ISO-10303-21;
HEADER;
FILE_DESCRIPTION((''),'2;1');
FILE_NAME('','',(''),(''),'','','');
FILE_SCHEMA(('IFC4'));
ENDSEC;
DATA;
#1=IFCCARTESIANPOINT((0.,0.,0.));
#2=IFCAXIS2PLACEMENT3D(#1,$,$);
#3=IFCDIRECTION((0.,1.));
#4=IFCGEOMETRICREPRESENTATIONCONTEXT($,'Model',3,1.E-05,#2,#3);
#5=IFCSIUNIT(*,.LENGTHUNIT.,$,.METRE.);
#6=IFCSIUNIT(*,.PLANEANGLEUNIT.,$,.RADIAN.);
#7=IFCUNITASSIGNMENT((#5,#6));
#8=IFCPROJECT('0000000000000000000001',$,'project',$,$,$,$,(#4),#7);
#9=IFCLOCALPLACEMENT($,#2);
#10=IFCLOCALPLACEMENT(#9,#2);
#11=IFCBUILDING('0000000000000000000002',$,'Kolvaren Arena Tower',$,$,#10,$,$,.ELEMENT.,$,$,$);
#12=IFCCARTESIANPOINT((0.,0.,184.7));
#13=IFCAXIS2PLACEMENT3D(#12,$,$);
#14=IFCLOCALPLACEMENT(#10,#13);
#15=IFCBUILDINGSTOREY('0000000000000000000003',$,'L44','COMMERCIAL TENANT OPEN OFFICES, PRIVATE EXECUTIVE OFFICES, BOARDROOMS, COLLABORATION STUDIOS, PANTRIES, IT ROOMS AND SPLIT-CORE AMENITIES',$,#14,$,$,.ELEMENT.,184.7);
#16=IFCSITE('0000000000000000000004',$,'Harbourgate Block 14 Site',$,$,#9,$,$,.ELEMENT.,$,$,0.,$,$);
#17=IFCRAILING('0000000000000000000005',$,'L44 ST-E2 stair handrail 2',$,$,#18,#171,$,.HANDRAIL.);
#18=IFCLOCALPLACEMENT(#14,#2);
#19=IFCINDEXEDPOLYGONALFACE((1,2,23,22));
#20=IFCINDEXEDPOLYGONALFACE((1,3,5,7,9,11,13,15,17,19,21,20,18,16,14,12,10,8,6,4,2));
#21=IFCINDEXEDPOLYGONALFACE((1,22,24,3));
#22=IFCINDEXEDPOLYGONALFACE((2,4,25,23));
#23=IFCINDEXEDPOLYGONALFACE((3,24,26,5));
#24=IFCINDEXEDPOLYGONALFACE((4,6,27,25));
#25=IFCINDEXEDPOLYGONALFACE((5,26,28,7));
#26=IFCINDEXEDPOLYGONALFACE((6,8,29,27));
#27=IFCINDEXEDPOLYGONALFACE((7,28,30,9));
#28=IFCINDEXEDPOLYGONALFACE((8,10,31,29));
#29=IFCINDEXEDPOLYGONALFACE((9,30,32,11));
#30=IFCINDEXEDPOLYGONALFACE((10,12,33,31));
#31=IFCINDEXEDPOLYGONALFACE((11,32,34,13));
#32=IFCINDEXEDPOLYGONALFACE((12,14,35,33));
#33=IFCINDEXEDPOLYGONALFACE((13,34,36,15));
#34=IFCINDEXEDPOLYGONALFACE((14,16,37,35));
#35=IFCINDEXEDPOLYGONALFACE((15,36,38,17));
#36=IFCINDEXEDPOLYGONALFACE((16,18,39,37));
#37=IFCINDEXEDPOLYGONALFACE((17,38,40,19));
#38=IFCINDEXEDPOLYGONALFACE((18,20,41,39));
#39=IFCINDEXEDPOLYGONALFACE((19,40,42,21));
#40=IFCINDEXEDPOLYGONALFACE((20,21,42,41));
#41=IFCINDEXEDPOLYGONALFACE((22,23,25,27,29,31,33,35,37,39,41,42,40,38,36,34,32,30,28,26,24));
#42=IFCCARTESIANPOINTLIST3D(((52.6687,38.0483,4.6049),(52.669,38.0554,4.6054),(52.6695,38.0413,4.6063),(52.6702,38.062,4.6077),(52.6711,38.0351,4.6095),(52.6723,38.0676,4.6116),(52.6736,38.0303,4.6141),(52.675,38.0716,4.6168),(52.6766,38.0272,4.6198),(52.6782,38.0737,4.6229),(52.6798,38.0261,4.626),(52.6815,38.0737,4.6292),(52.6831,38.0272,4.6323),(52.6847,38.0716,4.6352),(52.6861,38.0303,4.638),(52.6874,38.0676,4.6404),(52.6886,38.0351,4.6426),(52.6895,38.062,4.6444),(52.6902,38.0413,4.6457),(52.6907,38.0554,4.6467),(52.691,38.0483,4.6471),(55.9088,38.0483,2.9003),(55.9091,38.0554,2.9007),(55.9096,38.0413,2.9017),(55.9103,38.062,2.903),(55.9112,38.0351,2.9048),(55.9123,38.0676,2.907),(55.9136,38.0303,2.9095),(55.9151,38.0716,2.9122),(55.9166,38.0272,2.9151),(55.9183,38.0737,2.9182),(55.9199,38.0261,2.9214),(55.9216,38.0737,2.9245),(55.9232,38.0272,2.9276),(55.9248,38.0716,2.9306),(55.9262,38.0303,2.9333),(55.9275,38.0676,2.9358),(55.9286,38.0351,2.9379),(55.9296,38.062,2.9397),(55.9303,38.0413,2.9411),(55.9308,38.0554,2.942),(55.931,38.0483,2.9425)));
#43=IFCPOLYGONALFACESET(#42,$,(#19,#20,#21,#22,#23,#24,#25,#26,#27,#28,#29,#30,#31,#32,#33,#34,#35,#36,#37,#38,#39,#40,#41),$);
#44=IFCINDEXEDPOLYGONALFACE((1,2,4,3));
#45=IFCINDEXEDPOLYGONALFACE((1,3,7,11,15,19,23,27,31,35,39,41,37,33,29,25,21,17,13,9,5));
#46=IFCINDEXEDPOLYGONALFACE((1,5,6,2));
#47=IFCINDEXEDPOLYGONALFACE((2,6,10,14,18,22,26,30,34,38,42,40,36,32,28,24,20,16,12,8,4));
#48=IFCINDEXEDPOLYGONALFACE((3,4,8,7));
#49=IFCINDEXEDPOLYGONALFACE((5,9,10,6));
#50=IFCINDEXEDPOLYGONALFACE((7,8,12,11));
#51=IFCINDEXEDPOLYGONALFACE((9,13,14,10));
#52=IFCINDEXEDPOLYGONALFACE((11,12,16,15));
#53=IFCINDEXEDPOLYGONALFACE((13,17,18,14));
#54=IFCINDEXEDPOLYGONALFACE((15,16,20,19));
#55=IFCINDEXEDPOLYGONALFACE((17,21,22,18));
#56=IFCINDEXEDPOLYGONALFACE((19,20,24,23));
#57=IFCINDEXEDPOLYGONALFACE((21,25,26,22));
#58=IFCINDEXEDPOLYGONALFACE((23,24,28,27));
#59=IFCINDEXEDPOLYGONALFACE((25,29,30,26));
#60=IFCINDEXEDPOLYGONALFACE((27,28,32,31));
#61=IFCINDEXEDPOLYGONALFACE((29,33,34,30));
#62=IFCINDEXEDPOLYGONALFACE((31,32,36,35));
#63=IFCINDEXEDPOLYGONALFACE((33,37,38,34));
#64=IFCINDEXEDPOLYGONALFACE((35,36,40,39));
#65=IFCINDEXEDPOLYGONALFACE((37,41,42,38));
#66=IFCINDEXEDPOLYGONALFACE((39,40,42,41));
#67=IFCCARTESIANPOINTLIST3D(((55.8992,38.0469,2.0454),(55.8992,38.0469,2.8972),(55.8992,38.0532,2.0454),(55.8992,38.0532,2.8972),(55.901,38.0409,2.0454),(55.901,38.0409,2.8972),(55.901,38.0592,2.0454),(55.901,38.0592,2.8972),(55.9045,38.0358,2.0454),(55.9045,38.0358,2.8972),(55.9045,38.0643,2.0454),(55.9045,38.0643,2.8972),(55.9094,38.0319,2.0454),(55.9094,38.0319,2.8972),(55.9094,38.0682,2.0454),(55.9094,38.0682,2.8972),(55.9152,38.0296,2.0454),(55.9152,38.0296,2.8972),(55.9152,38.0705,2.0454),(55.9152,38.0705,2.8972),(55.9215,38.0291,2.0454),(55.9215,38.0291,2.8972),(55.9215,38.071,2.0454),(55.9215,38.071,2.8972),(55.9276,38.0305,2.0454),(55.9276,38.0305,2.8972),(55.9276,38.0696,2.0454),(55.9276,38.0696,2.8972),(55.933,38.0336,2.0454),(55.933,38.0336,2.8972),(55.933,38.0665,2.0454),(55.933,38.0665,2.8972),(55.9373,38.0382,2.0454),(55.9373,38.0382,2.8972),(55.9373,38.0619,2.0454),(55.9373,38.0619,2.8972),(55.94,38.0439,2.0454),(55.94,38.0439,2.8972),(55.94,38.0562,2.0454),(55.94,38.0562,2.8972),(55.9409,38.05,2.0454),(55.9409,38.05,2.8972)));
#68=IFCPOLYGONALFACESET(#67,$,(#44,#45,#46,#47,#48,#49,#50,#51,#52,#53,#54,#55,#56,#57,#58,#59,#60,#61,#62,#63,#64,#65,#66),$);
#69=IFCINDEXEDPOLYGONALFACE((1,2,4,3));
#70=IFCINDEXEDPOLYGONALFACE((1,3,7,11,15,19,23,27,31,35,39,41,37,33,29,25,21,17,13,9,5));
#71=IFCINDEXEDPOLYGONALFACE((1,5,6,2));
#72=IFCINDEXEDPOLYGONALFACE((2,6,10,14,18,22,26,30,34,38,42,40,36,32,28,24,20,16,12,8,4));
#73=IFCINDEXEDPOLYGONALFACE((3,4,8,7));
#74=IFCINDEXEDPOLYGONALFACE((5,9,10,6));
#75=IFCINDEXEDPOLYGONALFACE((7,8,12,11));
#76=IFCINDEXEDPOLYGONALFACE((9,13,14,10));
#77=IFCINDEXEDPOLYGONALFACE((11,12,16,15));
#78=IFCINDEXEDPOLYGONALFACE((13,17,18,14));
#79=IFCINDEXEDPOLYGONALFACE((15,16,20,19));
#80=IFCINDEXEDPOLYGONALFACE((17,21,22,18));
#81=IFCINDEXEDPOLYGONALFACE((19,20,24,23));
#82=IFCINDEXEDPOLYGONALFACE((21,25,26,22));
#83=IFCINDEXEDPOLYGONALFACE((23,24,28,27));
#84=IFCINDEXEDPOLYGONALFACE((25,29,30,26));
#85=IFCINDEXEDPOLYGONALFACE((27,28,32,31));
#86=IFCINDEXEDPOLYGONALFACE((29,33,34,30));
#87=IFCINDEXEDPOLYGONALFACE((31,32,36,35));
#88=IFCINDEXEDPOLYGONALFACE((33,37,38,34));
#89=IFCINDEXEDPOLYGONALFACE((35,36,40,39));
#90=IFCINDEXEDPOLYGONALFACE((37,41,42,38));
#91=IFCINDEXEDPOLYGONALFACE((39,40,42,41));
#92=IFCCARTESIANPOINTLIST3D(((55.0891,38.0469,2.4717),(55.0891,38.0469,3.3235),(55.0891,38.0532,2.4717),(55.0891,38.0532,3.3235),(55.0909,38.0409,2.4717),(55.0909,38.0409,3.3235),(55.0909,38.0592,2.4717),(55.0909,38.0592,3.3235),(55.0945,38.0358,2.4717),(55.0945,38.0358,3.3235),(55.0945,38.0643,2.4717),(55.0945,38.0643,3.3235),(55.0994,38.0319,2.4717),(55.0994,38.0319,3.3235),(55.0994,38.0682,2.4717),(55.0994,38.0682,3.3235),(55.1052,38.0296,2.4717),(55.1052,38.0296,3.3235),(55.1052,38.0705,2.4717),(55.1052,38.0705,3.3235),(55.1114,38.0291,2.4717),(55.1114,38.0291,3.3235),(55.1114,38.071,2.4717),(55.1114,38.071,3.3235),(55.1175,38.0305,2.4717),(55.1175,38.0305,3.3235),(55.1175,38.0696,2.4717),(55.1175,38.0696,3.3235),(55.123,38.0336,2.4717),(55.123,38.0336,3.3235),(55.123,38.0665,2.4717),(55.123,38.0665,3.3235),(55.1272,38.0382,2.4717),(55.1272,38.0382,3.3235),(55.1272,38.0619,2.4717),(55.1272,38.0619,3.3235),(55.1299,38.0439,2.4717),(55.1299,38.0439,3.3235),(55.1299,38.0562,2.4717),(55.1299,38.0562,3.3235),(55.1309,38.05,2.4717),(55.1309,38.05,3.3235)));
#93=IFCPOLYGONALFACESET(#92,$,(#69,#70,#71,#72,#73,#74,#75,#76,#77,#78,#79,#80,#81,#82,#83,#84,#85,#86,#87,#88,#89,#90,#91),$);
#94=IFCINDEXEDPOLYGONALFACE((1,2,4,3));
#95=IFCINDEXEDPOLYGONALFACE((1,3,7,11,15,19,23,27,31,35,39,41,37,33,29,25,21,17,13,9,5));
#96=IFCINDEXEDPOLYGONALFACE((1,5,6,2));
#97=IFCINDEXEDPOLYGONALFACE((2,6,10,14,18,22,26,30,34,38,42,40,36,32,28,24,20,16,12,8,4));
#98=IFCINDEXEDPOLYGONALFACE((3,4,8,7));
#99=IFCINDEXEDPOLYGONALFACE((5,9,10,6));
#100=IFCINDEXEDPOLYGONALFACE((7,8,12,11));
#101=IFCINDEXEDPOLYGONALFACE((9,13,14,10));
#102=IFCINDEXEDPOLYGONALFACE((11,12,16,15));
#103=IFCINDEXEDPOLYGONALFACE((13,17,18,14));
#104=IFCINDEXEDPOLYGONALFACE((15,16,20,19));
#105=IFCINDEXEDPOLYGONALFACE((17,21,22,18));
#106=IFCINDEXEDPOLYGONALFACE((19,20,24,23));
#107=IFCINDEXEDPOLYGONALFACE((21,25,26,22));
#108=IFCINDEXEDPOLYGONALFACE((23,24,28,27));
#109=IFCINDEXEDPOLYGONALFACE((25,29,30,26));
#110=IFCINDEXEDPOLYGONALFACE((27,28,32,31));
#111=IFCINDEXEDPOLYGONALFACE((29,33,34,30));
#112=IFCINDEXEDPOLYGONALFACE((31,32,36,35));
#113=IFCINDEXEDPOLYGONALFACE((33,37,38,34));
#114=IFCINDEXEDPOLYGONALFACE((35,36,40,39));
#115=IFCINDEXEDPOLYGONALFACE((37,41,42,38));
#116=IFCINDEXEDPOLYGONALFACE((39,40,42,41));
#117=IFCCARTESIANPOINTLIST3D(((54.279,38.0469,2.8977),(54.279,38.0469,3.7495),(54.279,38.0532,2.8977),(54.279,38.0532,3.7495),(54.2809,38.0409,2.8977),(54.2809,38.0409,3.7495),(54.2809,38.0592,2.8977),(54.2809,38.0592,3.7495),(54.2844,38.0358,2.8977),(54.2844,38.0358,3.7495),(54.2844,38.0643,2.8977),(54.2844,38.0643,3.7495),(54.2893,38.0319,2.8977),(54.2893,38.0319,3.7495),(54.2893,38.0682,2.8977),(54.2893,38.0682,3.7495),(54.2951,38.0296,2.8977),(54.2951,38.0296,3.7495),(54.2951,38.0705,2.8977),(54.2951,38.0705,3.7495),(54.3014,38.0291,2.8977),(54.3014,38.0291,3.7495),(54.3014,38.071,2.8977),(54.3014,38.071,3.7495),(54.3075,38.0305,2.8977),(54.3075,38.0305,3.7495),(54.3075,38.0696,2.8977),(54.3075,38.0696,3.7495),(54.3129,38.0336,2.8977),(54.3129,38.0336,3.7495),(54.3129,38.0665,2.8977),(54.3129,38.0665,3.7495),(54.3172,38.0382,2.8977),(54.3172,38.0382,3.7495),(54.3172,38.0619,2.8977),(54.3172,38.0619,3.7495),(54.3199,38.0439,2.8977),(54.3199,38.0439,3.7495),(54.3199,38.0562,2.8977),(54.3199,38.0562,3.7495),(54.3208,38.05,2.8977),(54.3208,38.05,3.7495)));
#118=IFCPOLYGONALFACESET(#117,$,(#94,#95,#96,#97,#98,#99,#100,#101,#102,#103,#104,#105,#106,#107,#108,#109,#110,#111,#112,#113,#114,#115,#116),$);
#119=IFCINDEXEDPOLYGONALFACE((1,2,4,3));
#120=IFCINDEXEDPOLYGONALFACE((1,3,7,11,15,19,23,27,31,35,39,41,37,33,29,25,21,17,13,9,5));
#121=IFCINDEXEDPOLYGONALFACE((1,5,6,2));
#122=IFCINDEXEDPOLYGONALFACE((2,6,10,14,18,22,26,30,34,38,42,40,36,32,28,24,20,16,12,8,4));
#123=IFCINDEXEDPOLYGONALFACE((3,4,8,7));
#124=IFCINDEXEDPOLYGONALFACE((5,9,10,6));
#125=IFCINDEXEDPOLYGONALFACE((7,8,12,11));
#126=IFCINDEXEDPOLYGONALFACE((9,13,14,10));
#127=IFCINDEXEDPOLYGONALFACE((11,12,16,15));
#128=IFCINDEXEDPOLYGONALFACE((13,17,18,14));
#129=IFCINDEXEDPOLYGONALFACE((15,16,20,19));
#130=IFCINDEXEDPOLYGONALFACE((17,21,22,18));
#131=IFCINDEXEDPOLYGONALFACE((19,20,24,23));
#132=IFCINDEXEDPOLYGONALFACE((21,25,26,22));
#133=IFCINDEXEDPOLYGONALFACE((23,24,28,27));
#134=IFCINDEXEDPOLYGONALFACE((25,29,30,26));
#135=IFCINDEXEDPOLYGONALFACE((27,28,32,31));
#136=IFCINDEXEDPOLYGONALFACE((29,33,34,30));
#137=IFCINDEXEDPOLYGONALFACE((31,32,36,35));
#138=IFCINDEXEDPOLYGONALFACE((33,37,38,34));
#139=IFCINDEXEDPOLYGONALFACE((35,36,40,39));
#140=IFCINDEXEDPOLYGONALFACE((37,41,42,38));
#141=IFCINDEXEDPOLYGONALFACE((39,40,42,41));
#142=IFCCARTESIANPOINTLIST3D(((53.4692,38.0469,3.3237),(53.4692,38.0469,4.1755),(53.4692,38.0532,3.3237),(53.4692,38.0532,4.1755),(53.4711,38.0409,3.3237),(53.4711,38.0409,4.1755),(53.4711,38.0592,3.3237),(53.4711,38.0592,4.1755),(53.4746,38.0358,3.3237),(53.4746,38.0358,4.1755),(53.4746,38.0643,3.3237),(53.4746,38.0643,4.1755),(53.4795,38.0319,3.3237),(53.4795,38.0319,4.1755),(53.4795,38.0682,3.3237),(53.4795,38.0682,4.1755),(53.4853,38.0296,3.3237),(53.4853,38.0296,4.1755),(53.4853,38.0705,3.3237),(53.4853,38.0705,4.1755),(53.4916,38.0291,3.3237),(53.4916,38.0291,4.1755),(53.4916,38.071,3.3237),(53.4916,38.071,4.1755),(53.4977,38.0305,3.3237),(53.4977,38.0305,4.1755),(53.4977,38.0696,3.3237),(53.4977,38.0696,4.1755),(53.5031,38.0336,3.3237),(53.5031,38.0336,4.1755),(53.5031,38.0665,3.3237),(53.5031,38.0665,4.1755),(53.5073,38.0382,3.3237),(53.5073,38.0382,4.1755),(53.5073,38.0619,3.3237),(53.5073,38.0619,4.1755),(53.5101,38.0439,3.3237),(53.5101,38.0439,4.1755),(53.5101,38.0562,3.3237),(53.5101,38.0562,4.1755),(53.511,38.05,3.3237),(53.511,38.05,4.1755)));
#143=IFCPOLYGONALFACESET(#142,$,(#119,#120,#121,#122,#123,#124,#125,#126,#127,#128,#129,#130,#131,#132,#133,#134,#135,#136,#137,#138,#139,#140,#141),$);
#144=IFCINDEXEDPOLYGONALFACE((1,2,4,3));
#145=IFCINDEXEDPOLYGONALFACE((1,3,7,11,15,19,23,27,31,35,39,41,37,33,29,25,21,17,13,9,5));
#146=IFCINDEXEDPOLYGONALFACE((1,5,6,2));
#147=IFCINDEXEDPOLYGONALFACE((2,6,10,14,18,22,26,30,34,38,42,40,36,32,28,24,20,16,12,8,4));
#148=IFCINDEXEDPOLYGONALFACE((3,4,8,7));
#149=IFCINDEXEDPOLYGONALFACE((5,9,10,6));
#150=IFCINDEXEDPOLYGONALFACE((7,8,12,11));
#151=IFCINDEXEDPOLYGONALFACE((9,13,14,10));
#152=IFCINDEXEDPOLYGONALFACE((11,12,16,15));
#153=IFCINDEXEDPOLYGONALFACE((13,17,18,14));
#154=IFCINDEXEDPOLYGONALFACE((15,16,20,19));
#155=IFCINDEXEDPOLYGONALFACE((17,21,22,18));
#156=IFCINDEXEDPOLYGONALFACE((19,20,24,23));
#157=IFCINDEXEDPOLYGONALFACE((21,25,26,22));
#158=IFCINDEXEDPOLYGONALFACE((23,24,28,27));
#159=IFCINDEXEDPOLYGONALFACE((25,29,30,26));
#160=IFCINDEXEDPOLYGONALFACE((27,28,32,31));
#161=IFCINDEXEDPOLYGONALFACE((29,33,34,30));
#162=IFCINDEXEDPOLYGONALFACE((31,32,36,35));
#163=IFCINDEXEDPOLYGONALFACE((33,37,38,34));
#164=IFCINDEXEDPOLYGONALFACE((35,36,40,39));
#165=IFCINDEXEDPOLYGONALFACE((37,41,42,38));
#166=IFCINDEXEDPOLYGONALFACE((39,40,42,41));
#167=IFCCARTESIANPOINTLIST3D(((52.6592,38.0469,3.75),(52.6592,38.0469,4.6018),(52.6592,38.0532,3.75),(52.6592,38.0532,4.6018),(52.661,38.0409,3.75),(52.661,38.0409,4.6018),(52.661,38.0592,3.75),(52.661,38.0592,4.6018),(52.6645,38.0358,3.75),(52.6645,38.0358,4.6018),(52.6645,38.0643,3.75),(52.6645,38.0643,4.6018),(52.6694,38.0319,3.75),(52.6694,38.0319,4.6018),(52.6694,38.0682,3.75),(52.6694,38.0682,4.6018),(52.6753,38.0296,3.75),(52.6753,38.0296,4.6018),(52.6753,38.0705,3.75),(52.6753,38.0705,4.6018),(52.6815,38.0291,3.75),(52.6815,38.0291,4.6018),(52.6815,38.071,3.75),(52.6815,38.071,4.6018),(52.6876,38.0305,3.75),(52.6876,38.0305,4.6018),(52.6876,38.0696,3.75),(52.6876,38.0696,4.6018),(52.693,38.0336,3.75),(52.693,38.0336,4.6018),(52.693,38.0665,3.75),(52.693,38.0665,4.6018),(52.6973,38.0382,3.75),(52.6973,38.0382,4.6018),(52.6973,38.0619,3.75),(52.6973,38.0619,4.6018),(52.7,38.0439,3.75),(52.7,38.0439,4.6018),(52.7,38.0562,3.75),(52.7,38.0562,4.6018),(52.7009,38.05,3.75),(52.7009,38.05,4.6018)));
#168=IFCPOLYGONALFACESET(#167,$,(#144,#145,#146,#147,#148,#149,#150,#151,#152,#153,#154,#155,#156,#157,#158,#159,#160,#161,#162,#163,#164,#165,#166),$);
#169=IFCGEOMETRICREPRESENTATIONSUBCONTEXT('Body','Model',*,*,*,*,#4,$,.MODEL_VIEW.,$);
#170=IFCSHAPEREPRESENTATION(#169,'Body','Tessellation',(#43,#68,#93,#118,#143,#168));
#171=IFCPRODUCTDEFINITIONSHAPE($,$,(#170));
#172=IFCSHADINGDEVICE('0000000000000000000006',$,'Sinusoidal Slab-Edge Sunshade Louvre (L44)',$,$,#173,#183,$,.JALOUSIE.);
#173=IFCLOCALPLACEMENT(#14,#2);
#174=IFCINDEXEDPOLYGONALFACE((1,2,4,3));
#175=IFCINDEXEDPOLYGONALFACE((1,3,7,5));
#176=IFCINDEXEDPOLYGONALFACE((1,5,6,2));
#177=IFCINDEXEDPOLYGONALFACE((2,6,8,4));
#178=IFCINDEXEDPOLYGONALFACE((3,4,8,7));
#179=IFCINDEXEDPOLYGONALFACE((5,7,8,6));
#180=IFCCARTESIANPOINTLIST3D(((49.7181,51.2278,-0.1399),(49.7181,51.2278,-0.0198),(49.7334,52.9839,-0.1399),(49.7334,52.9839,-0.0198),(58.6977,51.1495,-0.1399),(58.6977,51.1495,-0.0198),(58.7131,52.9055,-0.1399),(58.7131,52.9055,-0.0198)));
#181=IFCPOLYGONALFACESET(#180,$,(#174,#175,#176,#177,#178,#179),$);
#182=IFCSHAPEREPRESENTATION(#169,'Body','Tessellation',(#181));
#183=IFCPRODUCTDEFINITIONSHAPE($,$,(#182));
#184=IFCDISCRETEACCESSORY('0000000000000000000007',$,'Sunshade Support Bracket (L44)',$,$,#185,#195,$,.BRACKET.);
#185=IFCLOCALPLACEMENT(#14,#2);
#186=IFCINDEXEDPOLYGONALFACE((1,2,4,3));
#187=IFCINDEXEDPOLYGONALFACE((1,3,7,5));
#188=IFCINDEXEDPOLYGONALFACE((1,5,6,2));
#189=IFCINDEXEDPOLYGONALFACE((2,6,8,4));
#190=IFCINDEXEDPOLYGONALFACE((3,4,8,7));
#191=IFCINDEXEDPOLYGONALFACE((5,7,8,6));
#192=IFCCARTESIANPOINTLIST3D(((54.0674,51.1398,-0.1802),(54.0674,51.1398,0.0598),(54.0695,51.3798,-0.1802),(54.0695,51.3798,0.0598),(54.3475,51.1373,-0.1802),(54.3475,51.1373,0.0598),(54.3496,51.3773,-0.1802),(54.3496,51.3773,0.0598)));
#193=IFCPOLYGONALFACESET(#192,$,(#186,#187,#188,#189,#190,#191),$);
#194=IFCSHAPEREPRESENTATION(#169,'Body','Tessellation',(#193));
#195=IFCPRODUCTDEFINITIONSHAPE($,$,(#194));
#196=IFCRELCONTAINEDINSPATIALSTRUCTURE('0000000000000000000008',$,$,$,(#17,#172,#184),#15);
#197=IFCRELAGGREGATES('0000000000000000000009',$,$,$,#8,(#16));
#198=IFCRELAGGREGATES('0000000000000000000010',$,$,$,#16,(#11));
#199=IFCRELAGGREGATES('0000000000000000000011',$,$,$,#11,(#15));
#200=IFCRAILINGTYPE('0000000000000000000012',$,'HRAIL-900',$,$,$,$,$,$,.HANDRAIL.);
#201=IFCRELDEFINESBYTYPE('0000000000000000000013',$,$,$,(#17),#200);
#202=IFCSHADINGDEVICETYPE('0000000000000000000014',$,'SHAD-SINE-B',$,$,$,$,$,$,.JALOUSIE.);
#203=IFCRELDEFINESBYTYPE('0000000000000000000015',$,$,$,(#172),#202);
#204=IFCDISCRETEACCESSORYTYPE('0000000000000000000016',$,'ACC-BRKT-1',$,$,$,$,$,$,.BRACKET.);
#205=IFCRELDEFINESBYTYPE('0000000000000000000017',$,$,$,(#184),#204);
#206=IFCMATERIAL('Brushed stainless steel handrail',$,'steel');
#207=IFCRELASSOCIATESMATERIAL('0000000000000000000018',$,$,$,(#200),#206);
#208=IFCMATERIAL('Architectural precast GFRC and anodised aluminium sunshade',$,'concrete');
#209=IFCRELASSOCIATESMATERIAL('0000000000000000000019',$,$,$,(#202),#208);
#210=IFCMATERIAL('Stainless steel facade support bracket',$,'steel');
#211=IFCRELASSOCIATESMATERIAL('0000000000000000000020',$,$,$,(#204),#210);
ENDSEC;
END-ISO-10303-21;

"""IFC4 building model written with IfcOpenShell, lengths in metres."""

from ifc_helpers import new_model, si_unit, direction, frame, origin, origin_2d, place, context, subcontext, project, spatial, rectangle, circle, extrude, material, type_object, element, save


model = new_model("IFC4")

# Units and contexts
model_context = context("Model", 3, precision=1e-05, world=origin(), true_north=direction((0.0, 1.0)))
body_context = subcontext(model_context, "Body", "Model", "MODEL_VIEW")
ifc_project = project(units=[si_unit("LENGTHUNIT", "METRE"), si_unit("PLANEANGLEUNIT", "RADIAN")], contexts=[model_context])

# Site, building, storey
site_placement = place(None, origin())
site = spatial("IfcSite", under=ifc_project, at=site_placement, Name="Harbourgate Block 14 Site", CompositionType="ELEMENT", RefElevation=0.0)
building_placement = place(site_placement, origin())
building = spatial("IfcBuilding", under=site, at=building_placement, Name="Kolvaren Arena Tower", CompositionType="ELEMENT")
storey_placement = place(building_placement, frame((0.0, 0.0, 184.7)))
storey = spatial("IfcBuildingStorey", under=building, at=storey_placement, Name="L44", Description="COMMERCIAL TENANT OPEN OFFICES, PRIVATE EXECUTIVE OFFICES, BOARDROOMS, COLLABORATION STUDIOS, PANTRIES, IT ROOMS AND SPLIT-CORE AMENITIES", CompositionType="ELEMENT", Elevation=184.7)

# Railing
ifc_material_1 = material(Name="Brushed stainless steel handrail", Category="steel")
railing_type = type_object("IfcRailingType", Name="HRAIL-900", PredefinedType="HANDRAIL", material=ifc_material_1)
railing_placement = place(storey_placement, frame((55.9199, 38.05, 2.0454)))
element("IfcRailing", 1, at=railing_placement, inside=storey, type_object=railing_type, Name="L44 ST-E2 stair handrail 2", PredefinedType="HANDRAIL", context=body_context, shape_type="SweptSolid", body=[
    extrude(circle(Radius=0.0239, at=origin_2d()), frame((0.0, 0.0, 0.876), z_axis=(-0.884993, 0.0, 0.465604), x_axis=(0.0, -1.0, 0.0)), (0.0, 0.0, 1.0), 3.6611),
    extrude(circle(Radius=0.021, at=origin_2d()), origin(), (0.0, 0.0, 1.0), 0.8518),
    extrude(circle(Radius=0.021, at=origin_2d()), frame((-0.8101, 0.0, 0.4263)), (0.0, 0.0, 1.0), 0.8518),
    extrude(circle(Radius=0.021, at=origin_2d()), frame((-1.6201, 0.0, 0.8523)), (0.0, 0.0, 1.0), 0.8518),
    extrude(circle(Radius=0.021, at=origin_2d()), frame((-2.4299, 0.0, 1.2783)), (0.0, 0.0, 1.0), 0.8518),
    extrude(circle(Radius=0.021, at=origin_2d()), frame((-3.24, 0.0, 1.7046)), (0.0, 0.0, 1.0), 0.8518),
])

# Shading device
ifc_material_2 = material(Name="Architectural precast GFRC and anodised aluminium sunshade", Category="concrete")
shading_device_type = type_object("IfcShadingDeviceType", Name="SHAD-SINE-B", PredefinedType="JALOUSIE", material=ifc_material_2)
shading_device_placement = place(storey_placement, frame((54.2156, 52.0667, -0.1399), z_axis=(0.0, 0.0, 1.0), x_axis=(0.999962, -0.008727, 0.0)))
element("IfcShadingDevice", 2, at=shading_device_placement, inside=storey, type_object=shading_device_type, Name="Sinusoidal Slab-Edge Sunshade Louvre (L44)", PredefinedType="JALOUSIE", context=body_context, shape_type="SweptSolid", body=[
    extrude(rectangle(XDim=8.98, YDim=1.7561, at=origin_2d()), origin(), (0.0, 0.0, 1.0), 0.1201),
])

# Discrete accessory
ifc_material_3 = material(Name="Stainless steel facade support bracket", Category="steel")
discrete_accessory_type = type_object("IfcDiscreteAccessoryType", Name="ACC-BRKT-1", PredefinedType="BRACKET", material=ifc_material_3)
discrete_accessory_placement = place(storey_placement, frame((54.2085, 51.2585, -0.1802), z_axis=(0.0, 0.0, 1.0), x_axis=(0.999962, -0.008727, 0.0)))
element("IfcDiscreteAccessory", 3, at=discrete_accessory_placement, inside=storey, type_object=discrete_accessory_type, Name="Sunshade Support Bracket (L44)", PredefinedType="BRACKET", context=body_context, shape_type="SweptSolid", body=[
    extrude(rectangle(XDim=0.28, YDim=0.24, at=origin_2d()), origin(), (0.0, 0.0, 1.0), 0.24),
])

save(model, "model.ifc")
